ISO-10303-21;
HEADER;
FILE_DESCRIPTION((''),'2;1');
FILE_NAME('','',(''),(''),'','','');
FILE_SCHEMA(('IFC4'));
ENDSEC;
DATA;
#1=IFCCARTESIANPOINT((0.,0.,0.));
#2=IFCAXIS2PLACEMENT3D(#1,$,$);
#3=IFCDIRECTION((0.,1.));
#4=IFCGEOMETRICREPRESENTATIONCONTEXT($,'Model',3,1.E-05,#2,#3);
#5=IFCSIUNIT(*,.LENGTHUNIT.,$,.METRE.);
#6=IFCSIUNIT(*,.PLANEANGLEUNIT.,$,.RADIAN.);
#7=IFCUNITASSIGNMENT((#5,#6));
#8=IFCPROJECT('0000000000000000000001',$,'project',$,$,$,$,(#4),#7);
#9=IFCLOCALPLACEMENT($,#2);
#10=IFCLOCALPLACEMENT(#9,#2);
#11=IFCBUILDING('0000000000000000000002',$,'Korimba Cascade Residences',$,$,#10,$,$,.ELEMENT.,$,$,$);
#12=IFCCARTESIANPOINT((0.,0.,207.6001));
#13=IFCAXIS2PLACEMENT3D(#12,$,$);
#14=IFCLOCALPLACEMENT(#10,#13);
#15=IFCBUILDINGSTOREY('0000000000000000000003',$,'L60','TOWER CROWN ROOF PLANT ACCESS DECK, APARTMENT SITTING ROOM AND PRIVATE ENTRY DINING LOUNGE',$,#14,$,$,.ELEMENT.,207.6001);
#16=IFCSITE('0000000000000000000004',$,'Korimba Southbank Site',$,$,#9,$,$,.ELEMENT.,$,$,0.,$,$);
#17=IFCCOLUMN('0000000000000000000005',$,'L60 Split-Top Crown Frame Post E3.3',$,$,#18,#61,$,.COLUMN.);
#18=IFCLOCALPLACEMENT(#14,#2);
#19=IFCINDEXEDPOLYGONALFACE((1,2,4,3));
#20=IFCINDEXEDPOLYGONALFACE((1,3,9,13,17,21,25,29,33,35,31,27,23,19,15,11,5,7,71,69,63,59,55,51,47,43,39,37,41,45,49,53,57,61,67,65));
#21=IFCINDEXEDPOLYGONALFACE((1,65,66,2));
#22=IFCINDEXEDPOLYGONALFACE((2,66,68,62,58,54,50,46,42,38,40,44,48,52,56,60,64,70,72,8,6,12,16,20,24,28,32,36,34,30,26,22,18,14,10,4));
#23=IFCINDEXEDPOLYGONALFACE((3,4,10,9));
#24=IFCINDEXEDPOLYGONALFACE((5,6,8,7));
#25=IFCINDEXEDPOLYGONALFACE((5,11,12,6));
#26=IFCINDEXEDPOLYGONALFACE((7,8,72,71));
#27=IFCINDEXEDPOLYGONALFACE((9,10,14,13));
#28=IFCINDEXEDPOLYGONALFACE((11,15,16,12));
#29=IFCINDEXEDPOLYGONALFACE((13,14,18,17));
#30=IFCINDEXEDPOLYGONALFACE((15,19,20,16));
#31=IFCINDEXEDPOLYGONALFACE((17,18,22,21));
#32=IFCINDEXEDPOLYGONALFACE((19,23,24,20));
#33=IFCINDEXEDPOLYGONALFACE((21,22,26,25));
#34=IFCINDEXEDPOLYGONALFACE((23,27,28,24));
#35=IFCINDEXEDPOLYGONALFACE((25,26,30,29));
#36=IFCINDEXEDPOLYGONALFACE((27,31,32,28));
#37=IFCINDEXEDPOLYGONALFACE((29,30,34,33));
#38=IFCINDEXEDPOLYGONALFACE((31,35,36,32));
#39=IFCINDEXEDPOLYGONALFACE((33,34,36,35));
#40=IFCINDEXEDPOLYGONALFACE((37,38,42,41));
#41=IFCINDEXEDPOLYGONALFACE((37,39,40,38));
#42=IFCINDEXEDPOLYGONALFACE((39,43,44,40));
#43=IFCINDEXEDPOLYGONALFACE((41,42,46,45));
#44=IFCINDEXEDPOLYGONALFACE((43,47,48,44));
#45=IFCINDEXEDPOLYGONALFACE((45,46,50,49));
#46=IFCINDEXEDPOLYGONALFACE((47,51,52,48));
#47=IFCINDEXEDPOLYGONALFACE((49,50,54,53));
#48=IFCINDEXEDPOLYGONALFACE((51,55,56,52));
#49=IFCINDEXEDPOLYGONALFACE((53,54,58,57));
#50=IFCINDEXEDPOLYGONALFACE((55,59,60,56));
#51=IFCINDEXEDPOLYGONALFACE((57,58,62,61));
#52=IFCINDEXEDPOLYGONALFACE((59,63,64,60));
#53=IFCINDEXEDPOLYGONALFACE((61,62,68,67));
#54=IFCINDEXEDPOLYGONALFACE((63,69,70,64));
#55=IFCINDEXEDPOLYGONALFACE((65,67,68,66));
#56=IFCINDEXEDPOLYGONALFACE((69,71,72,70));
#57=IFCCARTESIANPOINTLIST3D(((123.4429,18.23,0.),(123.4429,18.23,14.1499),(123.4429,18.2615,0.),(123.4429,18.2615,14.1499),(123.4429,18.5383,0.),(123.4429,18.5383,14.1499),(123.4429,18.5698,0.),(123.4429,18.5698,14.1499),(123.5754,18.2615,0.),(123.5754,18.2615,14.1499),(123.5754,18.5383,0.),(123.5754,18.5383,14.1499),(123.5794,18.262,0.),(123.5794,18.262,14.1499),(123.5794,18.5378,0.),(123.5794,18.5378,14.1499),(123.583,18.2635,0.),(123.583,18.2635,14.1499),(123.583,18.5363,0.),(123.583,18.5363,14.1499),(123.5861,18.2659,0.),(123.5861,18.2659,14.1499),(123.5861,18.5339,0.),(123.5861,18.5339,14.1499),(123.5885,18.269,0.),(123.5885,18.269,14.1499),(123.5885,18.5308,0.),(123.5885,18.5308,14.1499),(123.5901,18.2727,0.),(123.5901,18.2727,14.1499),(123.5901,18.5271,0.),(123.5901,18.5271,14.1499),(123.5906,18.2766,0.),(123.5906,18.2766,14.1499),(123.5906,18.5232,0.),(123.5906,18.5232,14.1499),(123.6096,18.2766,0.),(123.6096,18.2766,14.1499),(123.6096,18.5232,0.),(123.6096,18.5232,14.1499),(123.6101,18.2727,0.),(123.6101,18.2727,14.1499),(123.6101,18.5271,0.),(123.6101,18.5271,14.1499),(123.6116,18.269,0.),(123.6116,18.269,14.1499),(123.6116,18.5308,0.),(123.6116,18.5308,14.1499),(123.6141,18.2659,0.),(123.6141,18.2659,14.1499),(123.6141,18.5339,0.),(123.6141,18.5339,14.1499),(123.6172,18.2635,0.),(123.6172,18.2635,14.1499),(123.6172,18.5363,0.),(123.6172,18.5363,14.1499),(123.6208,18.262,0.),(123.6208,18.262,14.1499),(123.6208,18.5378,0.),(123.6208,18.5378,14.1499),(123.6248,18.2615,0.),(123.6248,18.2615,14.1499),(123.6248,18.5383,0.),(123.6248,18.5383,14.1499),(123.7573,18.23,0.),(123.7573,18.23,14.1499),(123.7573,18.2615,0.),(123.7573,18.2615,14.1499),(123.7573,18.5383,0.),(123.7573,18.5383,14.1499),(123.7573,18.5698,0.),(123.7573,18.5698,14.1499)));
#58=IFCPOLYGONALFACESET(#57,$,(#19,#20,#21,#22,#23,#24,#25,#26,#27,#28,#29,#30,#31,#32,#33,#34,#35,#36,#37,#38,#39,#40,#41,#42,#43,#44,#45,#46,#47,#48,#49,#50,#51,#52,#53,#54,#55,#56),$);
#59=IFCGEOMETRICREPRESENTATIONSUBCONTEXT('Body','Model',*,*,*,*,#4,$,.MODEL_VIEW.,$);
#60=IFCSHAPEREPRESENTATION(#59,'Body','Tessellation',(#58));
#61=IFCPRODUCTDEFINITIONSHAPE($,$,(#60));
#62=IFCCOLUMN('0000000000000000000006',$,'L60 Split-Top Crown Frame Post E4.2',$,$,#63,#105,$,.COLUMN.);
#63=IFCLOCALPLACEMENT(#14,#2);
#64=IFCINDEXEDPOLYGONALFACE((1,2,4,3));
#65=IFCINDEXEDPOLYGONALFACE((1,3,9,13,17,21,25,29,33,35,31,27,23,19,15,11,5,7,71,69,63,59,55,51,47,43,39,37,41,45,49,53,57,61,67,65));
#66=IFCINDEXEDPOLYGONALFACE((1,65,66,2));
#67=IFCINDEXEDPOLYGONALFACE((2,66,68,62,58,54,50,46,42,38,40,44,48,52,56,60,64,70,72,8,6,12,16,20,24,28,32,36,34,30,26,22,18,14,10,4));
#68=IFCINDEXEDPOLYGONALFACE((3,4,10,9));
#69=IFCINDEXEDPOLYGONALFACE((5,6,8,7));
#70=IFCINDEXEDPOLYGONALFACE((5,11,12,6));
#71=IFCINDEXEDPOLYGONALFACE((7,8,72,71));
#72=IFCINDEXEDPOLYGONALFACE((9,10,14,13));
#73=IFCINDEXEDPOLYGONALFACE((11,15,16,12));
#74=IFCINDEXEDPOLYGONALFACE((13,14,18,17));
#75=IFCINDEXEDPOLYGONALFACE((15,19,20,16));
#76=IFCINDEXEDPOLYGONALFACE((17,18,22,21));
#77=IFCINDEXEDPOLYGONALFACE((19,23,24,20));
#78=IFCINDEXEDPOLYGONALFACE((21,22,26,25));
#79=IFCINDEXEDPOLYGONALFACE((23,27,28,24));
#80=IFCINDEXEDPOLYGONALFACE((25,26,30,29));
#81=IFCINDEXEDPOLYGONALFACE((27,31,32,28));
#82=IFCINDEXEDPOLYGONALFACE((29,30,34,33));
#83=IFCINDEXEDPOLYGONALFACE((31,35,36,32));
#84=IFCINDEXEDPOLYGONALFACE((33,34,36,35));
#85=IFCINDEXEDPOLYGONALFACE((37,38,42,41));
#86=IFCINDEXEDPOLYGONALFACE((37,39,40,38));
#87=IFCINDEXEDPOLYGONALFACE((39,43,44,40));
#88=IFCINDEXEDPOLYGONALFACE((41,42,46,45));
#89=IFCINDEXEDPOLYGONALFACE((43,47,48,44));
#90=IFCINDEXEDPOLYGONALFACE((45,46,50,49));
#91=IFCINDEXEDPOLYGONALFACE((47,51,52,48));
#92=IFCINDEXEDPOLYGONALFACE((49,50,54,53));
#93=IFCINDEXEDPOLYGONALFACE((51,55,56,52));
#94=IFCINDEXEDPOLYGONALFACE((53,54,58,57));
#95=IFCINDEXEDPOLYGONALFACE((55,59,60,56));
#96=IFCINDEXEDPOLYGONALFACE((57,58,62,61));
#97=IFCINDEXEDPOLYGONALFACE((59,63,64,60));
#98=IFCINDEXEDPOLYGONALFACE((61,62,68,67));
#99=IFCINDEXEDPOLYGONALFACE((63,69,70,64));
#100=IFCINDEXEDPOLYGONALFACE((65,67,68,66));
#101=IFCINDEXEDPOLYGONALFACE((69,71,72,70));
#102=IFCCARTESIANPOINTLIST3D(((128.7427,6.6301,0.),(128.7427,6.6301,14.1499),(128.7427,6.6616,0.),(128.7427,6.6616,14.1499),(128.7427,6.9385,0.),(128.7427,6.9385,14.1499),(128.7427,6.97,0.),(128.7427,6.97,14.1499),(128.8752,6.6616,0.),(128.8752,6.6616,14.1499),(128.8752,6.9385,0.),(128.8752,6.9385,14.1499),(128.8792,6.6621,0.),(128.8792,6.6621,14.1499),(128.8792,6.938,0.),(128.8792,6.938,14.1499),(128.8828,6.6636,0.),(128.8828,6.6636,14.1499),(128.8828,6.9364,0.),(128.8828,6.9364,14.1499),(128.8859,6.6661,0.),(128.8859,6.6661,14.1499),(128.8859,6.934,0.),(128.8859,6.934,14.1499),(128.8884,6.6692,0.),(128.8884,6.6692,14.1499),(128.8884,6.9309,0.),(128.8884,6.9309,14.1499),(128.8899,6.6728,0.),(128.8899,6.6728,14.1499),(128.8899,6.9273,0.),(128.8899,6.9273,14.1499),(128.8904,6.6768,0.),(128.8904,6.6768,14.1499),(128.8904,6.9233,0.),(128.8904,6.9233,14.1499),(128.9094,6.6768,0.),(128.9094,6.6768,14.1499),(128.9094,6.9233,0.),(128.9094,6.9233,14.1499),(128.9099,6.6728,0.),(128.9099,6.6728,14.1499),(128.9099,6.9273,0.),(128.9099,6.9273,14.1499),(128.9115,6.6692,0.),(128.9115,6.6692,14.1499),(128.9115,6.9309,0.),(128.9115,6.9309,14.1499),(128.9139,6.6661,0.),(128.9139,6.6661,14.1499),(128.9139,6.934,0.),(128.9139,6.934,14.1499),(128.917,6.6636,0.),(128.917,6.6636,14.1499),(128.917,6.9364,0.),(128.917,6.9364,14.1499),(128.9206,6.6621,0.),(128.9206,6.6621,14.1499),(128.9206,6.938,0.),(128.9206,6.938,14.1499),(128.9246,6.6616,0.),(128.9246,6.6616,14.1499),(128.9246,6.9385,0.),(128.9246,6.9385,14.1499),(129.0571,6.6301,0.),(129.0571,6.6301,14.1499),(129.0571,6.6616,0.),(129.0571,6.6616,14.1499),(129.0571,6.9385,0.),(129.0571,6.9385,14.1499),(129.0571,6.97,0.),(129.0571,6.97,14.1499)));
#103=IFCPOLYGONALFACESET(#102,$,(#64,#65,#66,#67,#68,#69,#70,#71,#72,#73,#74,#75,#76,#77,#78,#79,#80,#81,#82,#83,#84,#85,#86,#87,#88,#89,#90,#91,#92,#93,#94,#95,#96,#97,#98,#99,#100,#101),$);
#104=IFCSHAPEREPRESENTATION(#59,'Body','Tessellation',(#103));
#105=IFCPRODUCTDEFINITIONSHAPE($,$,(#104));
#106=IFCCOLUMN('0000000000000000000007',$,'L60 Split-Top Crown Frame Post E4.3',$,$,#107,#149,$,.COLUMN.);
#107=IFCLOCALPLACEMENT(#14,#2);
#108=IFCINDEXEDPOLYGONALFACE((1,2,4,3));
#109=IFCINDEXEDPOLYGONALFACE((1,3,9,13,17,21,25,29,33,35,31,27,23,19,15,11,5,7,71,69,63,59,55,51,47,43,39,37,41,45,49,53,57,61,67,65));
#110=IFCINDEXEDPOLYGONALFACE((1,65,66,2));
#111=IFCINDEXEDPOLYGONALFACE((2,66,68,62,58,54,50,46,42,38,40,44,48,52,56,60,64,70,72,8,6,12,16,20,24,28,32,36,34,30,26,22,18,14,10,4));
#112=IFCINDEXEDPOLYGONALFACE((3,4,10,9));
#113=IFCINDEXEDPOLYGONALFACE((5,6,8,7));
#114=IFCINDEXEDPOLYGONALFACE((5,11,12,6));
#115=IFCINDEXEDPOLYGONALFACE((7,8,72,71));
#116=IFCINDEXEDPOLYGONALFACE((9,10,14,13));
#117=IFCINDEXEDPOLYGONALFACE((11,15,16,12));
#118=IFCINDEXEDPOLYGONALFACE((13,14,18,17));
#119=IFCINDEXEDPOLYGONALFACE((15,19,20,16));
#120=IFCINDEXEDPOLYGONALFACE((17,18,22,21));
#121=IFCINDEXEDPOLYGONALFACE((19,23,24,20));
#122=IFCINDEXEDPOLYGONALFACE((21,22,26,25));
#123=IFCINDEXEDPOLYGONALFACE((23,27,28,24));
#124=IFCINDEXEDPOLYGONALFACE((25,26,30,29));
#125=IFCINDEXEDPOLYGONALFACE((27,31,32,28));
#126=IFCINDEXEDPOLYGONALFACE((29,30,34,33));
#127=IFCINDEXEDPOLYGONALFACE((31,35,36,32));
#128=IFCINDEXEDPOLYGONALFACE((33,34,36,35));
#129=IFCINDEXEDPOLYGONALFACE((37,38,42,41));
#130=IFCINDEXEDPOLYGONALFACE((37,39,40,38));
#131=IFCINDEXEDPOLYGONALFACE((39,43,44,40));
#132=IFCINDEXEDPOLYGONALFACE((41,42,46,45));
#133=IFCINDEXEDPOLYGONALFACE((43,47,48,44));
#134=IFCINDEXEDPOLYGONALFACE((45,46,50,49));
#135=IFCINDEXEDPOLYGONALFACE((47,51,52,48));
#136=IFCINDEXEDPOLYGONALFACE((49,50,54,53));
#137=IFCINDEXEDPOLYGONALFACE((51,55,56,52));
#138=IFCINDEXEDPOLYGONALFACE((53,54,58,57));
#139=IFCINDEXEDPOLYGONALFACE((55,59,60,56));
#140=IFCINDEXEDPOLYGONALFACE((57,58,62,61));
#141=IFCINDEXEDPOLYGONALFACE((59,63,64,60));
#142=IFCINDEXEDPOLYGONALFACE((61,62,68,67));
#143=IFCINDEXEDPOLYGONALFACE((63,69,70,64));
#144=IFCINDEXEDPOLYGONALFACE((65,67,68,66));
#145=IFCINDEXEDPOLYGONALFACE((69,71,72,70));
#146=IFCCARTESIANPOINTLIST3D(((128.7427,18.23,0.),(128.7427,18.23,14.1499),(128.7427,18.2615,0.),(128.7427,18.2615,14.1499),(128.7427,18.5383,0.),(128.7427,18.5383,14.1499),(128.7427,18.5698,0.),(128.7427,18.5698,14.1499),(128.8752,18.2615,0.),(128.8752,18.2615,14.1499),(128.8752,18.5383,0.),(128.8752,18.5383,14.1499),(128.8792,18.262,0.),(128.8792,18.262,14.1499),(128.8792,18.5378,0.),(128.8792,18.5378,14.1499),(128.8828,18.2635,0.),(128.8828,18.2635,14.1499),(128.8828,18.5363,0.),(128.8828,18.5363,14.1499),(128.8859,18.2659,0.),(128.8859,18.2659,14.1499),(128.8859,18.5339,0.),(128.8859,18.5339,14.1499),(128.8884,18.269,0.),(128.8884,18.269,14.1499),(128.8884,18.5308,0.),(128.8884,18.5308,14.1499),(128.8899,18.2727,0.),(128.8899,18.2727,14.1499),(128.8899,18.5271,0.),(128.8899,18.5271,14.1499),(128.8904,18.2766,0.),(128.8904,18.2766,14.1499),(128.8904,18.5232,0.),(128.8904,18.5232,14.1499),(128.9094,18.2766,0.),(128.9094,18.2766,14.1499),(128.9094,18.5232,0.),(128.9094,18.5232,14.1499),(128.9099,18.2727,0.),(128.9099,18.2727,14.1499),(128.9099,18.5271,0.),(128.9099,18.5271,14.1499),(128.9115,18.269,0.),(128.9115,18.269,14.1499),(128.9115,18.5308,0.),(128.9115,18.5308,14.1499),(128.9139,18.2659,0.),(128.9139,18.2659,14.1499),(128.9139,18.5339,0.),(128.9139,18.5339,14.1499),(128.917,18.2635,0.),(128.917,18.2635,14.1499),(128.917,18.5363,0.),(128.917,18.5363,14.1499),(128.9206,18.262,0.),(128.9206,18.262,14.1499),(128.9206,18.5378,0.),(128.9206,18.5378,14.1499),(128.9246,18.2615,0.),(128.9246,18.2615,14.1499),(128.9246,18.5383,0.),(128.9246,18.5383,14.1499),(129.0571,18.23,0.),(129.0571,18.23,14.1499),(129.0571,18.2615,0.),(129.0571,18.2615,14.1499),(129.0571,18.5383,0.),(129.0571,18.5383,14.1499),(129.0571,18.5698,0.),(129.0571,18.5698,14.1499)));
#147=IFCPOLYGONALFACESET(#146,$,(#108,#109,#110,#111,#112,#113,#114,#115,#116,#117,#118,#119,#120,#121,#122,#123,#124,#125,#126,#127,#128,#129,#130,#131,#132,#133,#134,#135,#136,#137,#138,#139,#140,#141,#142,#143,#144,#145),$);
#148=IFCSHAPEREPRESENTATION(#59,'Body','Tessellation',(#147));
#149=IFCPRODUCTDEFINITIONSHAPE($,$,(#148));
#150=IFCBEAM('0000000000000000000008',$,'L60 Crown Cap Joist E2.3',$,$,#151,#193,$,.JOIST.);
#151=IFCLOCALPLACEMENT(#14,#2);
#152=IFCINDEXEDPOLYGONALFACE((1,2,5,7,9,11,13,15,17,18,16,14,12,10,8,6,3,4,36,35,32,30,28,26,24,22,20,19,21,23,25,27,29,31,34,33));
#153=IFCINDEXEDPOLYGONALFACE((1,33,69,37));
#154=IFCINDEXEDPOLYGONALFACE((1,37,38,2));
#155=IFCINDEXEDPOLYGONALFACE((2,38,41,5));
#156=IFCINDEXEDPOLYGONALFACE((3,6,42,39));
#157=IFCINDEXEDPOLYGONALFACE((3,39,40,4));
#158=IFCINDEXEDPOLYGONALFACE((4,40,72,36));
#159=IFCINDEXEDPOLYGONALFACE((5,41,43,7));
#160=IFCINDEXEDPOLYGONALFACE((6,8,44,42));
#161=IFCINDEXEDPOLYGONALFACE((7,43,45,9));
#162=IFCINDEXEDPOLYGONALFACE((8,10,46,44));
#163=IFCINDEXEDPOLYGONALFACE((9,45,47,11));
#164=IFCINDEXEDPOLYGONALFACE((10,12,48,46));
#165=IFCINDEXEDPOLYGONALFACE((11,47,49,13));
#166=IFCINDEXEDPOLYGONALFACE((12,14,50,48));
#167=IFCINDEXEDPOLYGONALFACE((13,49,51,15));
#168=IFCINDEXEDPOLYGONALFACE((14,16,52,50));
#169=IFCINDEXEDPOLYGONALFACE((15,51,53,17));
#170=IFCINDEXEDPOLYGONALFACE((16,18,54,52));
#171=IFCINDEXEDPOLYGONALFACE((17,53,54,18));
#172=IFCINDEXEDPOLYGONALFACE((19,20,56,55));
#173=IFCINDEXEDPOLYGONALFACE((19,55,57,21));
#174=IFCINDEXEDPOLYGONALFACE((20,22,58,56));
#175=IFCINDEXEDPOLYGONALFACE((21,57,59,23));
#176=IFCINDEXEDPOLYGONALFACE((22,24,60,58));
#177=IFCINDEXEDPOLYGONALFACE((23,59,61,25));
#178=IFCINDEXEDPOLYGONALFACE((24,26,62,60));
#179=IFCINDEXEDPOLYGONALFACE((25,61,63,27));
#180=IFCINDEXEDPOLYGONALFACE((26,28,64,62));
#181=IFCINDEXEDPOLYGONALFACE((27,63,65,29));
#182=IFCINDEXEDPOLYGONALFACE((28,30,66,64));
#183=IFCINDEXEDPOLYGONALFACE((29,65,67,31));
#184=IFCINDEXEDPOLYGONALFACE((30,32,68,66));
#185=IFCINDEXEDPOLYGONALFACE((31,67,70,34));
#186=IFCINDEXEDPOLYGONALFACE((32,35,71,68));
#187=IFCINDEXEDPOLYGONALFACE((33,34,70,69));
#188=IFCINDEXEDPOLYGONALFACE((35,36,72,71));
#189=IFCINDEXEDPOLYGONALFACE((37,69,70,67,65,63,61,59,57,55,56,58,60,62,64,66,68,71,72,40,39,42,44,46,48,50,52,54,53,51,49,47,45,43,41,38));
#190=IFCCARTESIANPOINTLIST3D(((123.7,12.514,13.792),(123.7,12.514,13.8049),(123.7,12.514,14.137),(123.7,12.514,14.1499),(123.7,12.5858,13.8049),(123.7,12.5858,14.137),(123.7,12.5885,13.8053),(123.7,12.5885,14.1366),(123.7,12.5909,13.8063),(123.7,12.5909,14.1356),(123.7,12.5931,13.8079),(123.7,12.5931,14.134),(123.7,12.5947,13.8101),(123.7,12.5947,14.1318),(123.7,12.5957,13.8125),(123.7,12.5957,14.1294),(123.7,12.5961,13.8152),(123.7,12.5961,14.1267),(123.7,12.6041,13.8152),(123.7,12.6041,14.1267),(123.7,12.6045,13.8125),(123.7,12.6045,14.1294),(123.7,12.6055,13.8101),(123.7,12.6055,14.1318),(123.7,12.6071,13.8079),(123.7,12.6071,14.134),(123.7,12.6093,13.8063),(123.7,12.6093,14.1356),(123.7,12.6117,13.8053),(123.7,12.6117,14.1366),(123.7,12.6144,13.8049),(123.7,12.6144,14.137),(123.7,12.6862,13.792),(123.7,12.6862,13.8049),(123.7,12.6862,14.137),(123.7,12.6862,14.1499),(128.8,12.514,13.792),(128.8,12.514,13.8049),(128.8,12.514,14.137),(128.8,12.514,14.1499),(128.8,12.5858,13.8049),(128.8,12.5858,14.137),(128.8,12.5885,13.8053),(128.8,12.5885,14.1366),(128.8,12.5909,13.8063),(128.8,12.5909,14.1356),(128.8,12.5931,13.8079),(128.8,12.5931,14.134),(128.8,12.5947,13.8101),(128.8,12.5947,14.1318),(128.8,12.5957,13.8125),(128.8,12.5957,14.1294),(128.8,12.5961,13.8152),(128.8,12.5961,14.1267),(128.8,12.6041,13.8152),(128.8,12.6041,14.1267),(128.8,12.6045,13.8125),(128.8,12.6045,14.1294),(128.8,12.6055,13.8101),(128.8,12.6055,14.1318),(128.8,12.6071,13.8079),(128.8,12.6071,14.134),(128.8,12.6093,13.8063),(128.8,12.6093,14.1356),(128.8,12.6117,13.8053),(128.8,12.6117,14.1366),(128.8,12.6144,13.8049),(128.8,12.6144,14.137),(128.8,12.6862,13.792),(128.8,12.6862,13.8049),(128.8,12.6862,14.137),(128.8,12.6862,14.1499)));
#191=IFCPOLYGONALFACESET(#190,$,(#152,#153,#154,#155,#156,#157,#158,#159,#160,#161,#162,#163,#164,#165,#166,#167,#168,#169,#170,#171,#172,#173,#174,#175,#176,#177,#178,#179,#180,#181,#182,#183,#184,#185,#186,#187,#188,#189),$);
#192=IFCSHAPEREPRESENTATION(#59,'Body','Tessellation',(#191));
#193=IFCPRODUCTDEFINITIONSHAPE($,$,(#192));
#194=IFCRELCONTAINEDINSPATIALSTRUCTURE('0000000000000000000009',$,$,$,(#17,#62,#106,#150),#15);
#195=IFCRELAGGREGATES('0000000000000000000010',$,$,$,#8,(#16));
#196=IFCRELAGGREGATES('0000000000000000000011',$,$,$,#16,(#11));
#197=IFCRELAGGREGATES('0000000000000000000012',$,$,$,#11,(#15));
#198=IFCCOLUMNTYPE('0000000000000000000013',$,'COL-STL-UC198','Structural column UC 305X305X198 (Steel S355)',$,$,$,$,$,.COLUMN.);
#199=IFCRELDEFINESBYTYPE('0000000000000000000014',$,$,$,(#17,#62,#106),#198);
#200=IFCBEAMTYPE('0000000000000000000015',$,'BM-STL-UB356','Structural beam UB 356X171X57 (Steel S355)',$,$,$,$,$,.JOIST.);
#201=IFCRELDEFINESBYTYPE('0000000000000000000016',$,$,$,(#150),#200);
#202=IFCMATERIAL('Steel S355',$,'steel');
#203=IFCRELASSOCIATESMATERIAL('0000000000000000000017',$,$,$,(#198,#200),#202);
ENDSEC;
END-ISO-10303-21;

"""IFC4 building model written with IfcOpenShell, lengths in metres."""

from ifc_helpers import new_model, si_unit, direction, frame, origin, origin_2d, place, context, subcontext, project, spatial, i_section, extrude, material, material_profile, profile_set, type_object, element, save


model = new_model("IFC4")

# Units and contexts
model_context = context("Model", 3, precision=1e-05, world=origin(), true_north=direction((0.0, 1.0)))
body_context = subcontext(model_context, "Body", "Model", "MODEL_VIEW")
ifc_project = project(units=[si_unit("LENGTHUNIT", "METRE"), si_unit("PLANEANGLEUNIT", "RADIAN")], contexts=[model_context])

# Site, building, storey
site_placement = place(None, origin())
site = spatial("IfcSite", under=ifc_project, at=site_placement, Name="Korimba Southbank Site", CompositionType="ELEMENT", RefElevation=0.0)
building_placement = place(site_placement, origin())
building = spatial("IfcBuilding", under=site, at=building_placement, Name="Korimba Cascade Residences", CompositionType="ELEMENT")
storey_placement = place(building_placement, frame((0.0, 0.0, 207.6001)))
storey = spatial("IfcBuildingStorey", under=building, at=storey_placement, Name="L60", Description="TOWER CROWN ROOF PLANT ACCESS DECK, APARTMENT SITTING ROOM AND PRIVATE ENTRY DINING LOUNGE", CompositionType="ELEMENT", Elevation=207.6001)

# Columns
ifc_material_1 = material(Name="Steel S355", Category="steel")
ifc_material_profile_1 = material_profile(ifc_material_1, i_section(OverallWidth=0.3145, OverallDepth=0.3398, WebThickness=0.019, FlangeThickness=0.0315, FilletRadius=0.0151, at=origin_2d()), Name="Steel S355")
ifc_profile_set_1 = profile_set([ifc_material_profile_1], Name="Steel S355")
column_type = type_object("IfcColumnType", Name="COL-STL-UC198", Description="Structural column UC 305X305X198 (Steel S355)", PredefinedType="COLUMN", material=ifc_profile_set_1)
for number, where, z_axis, x_axis, name in (
    (1, (123.6001, 18.3999, 0.0), (0.0, 0.0, 1.0), (1.0, 0.0, 0.0), "L60 Split-Top Crown Frame Post E3.3"),
    (2, (128.8999, 6.8, 0.0), (0.0, 0.0, 1.0), (1.0, 0.0, 0.0), "L60 Split-Top Crown Frame Post E4.2"),
    (3, (128.8999, 18.3999, 0.0), (0.0, 0.0, 1.0), (1.0, 0.0, 0.0), "L60 Split-Top Crown Frame Post E4.3"),
):
    element("IfcColumn", number, at=place(storey_placement, frame(where, z_axis=z_axis, x_axis=x_axis)), inside=storey, type_object=column_type, Name=name, PredefinedType="COLUMN", context=body_context, shape_type="SweptSolid", body=[
        extrude(i_section(OverallWidth=0.3145, OverallDepth=0.3398, WebThickness=0.019, FlangeThickness=0.0315, FilletRadius=0.0151, at=origin_2d()), origin(), (0.0, 0.0, 1.0), 14.1499),
    ])

# Beam
ifc_material_profile_2 = material_profile(ifc_material_1, i_section(OverallWidth=0.1721, OverallDepth=0.3579, WebThickness=0.0081, FlangeThickness=0.0129, FilletRadius=0.0103, at=origin_2d()), Name="Steel S355")
ifc_profile_set_2 = profile_set([ifc_material_profile_2], Name="Steel S355")
beam_type_1 = type_object("IfcBeamType", Name="BM-STL-UB356", Description="Structural beam UB 356X171X57 (Steel S355)", PredefinedType="JOIST", material=ifc_profile_set_2)
for number, where, z_axis, x_axis, name in (
    (4, (123.7, 12.6001, 13.9709), (1.0, 0.0, 0.0), (0.0, 1.0, 0.0), "L60 Crown Cap Joist E2.3"),
):
    element("IfcBeam", number, at=place(storey_placement, frame(where, z_axis=z_axis, x_axis=x_axis)), inside=storey, type_object=beam_type_1, Name=name, PredefinedType="JOIST", context=body_context, shape_type="SweptSolid", body=[
        extrude(i_section(OverallWidth=0.1721, OverallDepth=0.3579, WebThickness=0.0081, FlangeThickness=0.0129, FilletRadius=0.0103, at=origin_2d()), origin(), (0.0, 0.0, 1.0), 5.1001),
    ])

save(model, "model.ifc")
